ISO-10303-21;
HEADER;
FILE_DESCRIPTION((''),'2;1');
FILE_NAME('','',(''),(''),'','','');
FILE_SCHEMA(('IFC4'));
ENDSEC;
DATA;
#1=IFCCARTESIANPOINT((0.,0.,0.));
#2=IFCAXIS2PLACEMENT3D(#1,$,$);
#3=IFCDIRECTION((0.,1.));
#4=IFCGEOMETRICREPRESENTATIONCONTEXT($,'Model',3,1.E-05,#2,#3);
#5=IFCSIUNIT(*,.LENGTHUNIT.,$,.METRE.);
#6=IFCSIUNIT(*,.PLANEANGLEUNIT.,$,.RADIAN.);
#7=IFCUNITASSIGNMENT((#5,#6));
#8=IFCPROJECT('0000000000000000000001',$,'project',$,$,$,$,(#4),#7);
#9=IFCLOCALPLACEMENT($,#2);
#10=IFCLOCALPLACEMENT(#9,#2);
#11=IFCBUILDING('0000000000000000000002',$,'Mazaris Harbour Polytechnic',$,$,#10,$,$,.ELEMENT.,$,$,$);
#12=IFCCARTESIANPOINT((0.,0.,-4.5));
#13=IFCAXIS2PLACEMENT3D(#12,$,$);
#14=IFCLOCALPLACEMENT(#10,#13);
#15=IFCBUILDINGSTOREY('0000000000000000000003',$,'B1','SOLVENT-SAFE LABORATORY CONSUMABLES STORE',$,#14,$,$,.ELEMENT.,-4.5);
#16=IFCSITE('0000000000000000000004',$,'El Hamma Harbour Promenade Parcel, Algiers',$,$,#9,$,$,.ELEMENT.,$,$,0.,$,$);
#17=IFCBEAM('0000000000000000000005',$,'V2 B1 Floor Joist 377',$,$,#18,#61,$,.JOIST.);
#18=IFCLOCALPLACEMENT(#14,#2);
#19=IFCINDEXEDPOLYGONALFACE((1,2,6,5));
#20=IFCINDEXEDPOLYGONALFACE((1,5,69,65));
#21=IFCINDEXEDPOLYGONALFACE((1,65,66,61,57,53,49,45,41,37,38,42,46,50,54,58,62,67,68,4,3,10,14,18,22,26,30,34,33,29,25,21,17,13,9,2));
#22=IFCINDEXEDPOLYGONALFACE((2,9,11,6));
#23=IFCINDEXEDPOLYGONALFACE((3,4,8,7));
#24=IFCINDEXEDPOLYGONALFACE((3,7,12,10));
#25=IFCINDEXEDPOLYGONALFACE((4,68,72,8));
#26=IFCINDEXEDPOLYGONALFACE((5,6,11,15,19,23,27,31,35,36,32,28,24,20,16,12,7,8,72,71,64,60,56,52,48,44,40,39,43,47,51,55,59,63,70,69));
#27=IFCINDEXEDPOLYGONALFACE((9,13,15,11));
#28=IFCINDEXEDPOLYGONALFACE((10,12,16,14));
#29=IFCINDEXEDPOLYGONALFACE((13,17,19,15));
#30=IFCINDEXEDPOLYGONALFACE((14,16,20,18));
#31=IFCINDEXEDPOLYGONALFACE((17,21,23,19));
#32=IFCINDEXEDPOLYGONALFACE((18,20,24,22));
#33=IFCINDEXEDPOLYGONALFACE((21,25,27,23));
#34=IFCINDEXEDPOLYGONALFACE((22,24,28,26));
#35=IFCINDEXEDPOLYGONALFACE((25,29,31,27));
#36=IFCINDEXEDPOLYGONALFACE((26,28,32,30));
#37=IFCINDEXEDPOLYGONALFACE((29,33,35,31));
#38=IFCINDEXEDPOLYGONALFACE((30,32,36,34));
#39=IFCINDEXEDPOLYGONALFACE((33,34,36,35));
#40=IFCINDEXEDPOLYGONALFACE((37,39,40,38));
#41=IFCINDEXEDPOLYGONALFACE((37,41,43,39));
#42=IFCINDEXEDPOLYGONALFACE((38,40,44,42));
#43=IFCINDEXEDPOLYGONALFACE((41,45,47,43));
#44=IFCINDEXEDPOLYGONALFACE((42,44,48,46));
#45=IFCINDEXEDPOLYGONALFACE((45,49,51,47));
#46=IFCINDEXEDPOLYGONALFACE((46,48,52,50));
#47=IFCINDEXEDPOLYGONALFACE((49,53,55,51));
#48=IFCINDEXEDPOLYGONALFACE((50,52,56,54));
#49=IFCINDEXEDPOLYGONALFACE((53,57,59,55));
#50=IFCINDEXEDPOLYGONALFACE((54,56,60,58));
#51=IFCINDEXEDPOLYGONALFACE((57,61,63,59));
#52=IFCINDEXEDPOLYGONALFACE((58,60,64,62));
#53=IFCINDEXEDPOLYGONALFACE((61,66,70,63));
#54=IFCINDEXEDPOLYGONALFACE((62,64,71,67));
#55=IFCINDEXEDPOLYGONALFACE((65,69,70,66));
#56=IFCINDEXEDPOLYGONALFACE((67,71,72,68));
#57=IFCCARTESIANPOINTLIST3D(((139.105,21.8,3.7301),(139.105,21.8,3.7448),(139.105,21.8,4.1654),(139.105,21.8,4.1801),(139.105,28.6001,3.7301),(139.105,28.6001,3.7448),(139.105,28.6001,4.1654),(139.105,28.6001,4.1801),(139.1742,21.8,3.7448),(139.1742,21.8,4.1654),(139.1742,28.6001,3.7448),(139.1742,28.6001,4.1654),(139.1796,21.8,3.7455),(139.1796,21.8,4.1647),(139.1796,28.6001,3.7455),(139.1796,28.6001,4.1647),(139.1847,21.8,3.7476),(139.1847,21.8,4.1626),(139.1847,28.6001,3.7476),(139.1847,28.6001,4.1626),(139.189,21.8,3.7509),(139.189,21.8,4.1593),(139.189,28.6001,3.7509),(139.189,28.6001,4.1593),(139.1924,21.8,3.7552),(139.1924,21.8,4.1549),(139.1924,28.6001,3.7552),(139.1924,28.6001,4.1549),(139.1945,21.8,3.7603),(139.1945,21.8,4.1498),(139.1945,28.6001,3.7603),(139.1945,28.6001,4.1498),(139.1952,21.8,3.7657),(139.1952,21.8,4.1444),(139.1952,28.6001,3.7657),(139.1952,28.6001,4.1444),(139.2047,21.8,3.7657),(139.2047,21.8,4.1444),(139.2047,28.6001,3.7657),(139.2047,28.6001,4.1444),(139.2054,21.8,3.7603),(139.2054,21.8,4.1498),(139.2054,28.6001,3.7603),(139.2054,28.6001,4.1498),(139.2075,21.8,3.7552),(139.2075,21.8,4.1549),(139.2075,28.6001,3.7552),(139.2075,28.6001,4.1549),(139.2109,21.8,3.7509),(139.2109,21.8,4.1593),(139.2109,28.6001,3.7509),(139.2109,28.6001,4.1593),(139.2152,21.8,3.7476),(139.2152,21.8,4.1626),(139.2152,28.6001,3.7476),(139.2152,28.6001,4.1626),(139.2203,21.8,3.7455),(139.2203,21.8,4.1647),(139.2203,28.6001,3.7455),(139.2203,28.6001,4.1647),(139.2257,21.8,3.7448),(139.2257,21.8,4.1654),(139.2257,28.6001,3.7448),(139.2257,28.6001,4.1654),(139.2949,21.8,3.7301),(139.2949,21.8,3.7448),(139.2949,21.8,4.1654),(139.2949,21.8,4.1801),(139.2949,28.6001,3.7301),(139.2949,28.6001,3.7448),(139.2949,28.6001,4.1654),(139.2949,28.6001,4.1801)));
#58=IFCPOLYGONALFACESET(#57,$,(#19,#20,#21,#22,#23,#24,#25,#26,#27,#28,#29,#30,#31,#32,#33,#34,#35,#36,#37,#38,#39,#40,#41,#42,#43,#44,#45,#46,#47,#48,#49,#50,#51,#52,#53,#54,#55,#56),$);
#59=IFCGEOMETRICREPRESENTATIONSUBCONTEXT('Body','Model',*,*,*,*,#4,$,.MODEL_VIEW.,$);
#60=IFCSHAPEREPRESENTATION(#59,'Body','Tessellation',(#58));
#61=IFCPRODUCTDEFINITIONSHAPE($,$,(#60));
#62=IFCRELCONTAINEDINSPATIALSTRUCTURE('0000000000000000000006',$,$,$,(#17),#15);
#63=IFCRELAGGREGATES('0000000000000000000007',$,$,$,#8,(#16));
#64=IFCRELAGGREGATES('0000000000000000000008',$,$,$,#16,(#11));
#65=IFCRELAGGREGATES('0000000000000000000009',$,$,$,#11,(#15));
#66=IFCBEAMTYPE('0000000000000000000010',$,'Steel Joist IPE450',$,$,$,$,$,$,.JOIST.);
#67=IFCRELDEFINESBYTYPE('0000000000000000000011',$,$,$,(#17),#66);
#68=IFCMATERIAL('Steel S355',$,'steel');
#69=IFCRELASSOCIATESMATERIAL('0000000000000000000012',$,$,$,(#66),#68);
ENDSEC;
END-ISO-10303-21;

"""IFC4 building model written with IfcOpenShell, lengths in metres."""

from ifc_helpers import new_model, si_unit, direction, frame, origin, origin_2d, place, context, subcontext, project, spatial, i_section, extrude, material, material_profile, profile_set, type_object, element, save


model = new_model("IFC4")

# Units and contexts
model_context = context("Model", 3, precision=1e-05, world=origin(), true_north=direction((0.0, 1.0)))
body_context = subcontext(model_context, "Body", "Model", "MODEL_VIEW")
ifc_project = project(units=[si_unit("LENGTHUNIT", "METRE"), si_unit("PLANEANGLEUNIT", "RADIAN")], contexts=[model_context])

# Site, building, storey
site_placement = place(None, origin())
site = spatial("IfcSite", under=ifc_project, at=site_placement, Name="El Hamma Harbour Promenade Parcel, Algiers", CompositionType="ELEMENT", RefElevation=0.0)
building_placement = place(site_placement, origin())
building = spatial("IfcBuilding", under=site, at=building_placement, Name="Mazaris Harbour Polytechnic", CompositionType="ELEMENT")
storey_placement = place(building_placement, frame((0.0, 0.0, -4.5)))
storey = spatial("IfcBuildingStorey", under=building, at=storey_placement, Name="B1", Description="SOLVENT-SAFE LABORATORY CONSUMABLES STORE", CompositionType="ELEMENT", Elevation=-4.5)

# Beam
ifc_material_1 = material(Name="Steel S355", Category="steel")
ifc_material_profile_1 = material_profile(ifc_material_1, i_section(OverallWidth=0.1899, OverallDepth=0.45, WebThickness=0.0095, FlangeThickness=0.0146, FilletRadius=0.021, at=origin_2d()), Name="IPE 450")
ifc_profile_set_1 = profile_set([ifc_material_profile_1], Name="Steel S355")
beam_type_1 = type_object("IfcBeamType", Name="Steel Joist IPE450", PredefinedType="JOIST", material=ifc_profile_set_1)
beam_1_placement = place(storey_placement, frame((139.2, 21.8, 3.9551), z_axis=(0.0, 1.0, 0.0), x_axis=(-1.0, 0.0, 0.0)))
element("IfcBeam", 1, at=beam_1_placement, inside=storey, type_object=beam_type_1, Name="V2 B1 Floor Joist 377", PredefinedType="JOIST", context=body_context, shape_type="SweptSolid", body=[
    extrude(i_section(OverallWidth=0.1899, OverallDepth=0.45, WebThickness=0.0095, FlangeThickness=0.0146, FilletRadius=0.021, at=origin_2d()), origin(), (0.0, 0.0, 1.0), 6.8),
])

save(model, "model.ifc")
